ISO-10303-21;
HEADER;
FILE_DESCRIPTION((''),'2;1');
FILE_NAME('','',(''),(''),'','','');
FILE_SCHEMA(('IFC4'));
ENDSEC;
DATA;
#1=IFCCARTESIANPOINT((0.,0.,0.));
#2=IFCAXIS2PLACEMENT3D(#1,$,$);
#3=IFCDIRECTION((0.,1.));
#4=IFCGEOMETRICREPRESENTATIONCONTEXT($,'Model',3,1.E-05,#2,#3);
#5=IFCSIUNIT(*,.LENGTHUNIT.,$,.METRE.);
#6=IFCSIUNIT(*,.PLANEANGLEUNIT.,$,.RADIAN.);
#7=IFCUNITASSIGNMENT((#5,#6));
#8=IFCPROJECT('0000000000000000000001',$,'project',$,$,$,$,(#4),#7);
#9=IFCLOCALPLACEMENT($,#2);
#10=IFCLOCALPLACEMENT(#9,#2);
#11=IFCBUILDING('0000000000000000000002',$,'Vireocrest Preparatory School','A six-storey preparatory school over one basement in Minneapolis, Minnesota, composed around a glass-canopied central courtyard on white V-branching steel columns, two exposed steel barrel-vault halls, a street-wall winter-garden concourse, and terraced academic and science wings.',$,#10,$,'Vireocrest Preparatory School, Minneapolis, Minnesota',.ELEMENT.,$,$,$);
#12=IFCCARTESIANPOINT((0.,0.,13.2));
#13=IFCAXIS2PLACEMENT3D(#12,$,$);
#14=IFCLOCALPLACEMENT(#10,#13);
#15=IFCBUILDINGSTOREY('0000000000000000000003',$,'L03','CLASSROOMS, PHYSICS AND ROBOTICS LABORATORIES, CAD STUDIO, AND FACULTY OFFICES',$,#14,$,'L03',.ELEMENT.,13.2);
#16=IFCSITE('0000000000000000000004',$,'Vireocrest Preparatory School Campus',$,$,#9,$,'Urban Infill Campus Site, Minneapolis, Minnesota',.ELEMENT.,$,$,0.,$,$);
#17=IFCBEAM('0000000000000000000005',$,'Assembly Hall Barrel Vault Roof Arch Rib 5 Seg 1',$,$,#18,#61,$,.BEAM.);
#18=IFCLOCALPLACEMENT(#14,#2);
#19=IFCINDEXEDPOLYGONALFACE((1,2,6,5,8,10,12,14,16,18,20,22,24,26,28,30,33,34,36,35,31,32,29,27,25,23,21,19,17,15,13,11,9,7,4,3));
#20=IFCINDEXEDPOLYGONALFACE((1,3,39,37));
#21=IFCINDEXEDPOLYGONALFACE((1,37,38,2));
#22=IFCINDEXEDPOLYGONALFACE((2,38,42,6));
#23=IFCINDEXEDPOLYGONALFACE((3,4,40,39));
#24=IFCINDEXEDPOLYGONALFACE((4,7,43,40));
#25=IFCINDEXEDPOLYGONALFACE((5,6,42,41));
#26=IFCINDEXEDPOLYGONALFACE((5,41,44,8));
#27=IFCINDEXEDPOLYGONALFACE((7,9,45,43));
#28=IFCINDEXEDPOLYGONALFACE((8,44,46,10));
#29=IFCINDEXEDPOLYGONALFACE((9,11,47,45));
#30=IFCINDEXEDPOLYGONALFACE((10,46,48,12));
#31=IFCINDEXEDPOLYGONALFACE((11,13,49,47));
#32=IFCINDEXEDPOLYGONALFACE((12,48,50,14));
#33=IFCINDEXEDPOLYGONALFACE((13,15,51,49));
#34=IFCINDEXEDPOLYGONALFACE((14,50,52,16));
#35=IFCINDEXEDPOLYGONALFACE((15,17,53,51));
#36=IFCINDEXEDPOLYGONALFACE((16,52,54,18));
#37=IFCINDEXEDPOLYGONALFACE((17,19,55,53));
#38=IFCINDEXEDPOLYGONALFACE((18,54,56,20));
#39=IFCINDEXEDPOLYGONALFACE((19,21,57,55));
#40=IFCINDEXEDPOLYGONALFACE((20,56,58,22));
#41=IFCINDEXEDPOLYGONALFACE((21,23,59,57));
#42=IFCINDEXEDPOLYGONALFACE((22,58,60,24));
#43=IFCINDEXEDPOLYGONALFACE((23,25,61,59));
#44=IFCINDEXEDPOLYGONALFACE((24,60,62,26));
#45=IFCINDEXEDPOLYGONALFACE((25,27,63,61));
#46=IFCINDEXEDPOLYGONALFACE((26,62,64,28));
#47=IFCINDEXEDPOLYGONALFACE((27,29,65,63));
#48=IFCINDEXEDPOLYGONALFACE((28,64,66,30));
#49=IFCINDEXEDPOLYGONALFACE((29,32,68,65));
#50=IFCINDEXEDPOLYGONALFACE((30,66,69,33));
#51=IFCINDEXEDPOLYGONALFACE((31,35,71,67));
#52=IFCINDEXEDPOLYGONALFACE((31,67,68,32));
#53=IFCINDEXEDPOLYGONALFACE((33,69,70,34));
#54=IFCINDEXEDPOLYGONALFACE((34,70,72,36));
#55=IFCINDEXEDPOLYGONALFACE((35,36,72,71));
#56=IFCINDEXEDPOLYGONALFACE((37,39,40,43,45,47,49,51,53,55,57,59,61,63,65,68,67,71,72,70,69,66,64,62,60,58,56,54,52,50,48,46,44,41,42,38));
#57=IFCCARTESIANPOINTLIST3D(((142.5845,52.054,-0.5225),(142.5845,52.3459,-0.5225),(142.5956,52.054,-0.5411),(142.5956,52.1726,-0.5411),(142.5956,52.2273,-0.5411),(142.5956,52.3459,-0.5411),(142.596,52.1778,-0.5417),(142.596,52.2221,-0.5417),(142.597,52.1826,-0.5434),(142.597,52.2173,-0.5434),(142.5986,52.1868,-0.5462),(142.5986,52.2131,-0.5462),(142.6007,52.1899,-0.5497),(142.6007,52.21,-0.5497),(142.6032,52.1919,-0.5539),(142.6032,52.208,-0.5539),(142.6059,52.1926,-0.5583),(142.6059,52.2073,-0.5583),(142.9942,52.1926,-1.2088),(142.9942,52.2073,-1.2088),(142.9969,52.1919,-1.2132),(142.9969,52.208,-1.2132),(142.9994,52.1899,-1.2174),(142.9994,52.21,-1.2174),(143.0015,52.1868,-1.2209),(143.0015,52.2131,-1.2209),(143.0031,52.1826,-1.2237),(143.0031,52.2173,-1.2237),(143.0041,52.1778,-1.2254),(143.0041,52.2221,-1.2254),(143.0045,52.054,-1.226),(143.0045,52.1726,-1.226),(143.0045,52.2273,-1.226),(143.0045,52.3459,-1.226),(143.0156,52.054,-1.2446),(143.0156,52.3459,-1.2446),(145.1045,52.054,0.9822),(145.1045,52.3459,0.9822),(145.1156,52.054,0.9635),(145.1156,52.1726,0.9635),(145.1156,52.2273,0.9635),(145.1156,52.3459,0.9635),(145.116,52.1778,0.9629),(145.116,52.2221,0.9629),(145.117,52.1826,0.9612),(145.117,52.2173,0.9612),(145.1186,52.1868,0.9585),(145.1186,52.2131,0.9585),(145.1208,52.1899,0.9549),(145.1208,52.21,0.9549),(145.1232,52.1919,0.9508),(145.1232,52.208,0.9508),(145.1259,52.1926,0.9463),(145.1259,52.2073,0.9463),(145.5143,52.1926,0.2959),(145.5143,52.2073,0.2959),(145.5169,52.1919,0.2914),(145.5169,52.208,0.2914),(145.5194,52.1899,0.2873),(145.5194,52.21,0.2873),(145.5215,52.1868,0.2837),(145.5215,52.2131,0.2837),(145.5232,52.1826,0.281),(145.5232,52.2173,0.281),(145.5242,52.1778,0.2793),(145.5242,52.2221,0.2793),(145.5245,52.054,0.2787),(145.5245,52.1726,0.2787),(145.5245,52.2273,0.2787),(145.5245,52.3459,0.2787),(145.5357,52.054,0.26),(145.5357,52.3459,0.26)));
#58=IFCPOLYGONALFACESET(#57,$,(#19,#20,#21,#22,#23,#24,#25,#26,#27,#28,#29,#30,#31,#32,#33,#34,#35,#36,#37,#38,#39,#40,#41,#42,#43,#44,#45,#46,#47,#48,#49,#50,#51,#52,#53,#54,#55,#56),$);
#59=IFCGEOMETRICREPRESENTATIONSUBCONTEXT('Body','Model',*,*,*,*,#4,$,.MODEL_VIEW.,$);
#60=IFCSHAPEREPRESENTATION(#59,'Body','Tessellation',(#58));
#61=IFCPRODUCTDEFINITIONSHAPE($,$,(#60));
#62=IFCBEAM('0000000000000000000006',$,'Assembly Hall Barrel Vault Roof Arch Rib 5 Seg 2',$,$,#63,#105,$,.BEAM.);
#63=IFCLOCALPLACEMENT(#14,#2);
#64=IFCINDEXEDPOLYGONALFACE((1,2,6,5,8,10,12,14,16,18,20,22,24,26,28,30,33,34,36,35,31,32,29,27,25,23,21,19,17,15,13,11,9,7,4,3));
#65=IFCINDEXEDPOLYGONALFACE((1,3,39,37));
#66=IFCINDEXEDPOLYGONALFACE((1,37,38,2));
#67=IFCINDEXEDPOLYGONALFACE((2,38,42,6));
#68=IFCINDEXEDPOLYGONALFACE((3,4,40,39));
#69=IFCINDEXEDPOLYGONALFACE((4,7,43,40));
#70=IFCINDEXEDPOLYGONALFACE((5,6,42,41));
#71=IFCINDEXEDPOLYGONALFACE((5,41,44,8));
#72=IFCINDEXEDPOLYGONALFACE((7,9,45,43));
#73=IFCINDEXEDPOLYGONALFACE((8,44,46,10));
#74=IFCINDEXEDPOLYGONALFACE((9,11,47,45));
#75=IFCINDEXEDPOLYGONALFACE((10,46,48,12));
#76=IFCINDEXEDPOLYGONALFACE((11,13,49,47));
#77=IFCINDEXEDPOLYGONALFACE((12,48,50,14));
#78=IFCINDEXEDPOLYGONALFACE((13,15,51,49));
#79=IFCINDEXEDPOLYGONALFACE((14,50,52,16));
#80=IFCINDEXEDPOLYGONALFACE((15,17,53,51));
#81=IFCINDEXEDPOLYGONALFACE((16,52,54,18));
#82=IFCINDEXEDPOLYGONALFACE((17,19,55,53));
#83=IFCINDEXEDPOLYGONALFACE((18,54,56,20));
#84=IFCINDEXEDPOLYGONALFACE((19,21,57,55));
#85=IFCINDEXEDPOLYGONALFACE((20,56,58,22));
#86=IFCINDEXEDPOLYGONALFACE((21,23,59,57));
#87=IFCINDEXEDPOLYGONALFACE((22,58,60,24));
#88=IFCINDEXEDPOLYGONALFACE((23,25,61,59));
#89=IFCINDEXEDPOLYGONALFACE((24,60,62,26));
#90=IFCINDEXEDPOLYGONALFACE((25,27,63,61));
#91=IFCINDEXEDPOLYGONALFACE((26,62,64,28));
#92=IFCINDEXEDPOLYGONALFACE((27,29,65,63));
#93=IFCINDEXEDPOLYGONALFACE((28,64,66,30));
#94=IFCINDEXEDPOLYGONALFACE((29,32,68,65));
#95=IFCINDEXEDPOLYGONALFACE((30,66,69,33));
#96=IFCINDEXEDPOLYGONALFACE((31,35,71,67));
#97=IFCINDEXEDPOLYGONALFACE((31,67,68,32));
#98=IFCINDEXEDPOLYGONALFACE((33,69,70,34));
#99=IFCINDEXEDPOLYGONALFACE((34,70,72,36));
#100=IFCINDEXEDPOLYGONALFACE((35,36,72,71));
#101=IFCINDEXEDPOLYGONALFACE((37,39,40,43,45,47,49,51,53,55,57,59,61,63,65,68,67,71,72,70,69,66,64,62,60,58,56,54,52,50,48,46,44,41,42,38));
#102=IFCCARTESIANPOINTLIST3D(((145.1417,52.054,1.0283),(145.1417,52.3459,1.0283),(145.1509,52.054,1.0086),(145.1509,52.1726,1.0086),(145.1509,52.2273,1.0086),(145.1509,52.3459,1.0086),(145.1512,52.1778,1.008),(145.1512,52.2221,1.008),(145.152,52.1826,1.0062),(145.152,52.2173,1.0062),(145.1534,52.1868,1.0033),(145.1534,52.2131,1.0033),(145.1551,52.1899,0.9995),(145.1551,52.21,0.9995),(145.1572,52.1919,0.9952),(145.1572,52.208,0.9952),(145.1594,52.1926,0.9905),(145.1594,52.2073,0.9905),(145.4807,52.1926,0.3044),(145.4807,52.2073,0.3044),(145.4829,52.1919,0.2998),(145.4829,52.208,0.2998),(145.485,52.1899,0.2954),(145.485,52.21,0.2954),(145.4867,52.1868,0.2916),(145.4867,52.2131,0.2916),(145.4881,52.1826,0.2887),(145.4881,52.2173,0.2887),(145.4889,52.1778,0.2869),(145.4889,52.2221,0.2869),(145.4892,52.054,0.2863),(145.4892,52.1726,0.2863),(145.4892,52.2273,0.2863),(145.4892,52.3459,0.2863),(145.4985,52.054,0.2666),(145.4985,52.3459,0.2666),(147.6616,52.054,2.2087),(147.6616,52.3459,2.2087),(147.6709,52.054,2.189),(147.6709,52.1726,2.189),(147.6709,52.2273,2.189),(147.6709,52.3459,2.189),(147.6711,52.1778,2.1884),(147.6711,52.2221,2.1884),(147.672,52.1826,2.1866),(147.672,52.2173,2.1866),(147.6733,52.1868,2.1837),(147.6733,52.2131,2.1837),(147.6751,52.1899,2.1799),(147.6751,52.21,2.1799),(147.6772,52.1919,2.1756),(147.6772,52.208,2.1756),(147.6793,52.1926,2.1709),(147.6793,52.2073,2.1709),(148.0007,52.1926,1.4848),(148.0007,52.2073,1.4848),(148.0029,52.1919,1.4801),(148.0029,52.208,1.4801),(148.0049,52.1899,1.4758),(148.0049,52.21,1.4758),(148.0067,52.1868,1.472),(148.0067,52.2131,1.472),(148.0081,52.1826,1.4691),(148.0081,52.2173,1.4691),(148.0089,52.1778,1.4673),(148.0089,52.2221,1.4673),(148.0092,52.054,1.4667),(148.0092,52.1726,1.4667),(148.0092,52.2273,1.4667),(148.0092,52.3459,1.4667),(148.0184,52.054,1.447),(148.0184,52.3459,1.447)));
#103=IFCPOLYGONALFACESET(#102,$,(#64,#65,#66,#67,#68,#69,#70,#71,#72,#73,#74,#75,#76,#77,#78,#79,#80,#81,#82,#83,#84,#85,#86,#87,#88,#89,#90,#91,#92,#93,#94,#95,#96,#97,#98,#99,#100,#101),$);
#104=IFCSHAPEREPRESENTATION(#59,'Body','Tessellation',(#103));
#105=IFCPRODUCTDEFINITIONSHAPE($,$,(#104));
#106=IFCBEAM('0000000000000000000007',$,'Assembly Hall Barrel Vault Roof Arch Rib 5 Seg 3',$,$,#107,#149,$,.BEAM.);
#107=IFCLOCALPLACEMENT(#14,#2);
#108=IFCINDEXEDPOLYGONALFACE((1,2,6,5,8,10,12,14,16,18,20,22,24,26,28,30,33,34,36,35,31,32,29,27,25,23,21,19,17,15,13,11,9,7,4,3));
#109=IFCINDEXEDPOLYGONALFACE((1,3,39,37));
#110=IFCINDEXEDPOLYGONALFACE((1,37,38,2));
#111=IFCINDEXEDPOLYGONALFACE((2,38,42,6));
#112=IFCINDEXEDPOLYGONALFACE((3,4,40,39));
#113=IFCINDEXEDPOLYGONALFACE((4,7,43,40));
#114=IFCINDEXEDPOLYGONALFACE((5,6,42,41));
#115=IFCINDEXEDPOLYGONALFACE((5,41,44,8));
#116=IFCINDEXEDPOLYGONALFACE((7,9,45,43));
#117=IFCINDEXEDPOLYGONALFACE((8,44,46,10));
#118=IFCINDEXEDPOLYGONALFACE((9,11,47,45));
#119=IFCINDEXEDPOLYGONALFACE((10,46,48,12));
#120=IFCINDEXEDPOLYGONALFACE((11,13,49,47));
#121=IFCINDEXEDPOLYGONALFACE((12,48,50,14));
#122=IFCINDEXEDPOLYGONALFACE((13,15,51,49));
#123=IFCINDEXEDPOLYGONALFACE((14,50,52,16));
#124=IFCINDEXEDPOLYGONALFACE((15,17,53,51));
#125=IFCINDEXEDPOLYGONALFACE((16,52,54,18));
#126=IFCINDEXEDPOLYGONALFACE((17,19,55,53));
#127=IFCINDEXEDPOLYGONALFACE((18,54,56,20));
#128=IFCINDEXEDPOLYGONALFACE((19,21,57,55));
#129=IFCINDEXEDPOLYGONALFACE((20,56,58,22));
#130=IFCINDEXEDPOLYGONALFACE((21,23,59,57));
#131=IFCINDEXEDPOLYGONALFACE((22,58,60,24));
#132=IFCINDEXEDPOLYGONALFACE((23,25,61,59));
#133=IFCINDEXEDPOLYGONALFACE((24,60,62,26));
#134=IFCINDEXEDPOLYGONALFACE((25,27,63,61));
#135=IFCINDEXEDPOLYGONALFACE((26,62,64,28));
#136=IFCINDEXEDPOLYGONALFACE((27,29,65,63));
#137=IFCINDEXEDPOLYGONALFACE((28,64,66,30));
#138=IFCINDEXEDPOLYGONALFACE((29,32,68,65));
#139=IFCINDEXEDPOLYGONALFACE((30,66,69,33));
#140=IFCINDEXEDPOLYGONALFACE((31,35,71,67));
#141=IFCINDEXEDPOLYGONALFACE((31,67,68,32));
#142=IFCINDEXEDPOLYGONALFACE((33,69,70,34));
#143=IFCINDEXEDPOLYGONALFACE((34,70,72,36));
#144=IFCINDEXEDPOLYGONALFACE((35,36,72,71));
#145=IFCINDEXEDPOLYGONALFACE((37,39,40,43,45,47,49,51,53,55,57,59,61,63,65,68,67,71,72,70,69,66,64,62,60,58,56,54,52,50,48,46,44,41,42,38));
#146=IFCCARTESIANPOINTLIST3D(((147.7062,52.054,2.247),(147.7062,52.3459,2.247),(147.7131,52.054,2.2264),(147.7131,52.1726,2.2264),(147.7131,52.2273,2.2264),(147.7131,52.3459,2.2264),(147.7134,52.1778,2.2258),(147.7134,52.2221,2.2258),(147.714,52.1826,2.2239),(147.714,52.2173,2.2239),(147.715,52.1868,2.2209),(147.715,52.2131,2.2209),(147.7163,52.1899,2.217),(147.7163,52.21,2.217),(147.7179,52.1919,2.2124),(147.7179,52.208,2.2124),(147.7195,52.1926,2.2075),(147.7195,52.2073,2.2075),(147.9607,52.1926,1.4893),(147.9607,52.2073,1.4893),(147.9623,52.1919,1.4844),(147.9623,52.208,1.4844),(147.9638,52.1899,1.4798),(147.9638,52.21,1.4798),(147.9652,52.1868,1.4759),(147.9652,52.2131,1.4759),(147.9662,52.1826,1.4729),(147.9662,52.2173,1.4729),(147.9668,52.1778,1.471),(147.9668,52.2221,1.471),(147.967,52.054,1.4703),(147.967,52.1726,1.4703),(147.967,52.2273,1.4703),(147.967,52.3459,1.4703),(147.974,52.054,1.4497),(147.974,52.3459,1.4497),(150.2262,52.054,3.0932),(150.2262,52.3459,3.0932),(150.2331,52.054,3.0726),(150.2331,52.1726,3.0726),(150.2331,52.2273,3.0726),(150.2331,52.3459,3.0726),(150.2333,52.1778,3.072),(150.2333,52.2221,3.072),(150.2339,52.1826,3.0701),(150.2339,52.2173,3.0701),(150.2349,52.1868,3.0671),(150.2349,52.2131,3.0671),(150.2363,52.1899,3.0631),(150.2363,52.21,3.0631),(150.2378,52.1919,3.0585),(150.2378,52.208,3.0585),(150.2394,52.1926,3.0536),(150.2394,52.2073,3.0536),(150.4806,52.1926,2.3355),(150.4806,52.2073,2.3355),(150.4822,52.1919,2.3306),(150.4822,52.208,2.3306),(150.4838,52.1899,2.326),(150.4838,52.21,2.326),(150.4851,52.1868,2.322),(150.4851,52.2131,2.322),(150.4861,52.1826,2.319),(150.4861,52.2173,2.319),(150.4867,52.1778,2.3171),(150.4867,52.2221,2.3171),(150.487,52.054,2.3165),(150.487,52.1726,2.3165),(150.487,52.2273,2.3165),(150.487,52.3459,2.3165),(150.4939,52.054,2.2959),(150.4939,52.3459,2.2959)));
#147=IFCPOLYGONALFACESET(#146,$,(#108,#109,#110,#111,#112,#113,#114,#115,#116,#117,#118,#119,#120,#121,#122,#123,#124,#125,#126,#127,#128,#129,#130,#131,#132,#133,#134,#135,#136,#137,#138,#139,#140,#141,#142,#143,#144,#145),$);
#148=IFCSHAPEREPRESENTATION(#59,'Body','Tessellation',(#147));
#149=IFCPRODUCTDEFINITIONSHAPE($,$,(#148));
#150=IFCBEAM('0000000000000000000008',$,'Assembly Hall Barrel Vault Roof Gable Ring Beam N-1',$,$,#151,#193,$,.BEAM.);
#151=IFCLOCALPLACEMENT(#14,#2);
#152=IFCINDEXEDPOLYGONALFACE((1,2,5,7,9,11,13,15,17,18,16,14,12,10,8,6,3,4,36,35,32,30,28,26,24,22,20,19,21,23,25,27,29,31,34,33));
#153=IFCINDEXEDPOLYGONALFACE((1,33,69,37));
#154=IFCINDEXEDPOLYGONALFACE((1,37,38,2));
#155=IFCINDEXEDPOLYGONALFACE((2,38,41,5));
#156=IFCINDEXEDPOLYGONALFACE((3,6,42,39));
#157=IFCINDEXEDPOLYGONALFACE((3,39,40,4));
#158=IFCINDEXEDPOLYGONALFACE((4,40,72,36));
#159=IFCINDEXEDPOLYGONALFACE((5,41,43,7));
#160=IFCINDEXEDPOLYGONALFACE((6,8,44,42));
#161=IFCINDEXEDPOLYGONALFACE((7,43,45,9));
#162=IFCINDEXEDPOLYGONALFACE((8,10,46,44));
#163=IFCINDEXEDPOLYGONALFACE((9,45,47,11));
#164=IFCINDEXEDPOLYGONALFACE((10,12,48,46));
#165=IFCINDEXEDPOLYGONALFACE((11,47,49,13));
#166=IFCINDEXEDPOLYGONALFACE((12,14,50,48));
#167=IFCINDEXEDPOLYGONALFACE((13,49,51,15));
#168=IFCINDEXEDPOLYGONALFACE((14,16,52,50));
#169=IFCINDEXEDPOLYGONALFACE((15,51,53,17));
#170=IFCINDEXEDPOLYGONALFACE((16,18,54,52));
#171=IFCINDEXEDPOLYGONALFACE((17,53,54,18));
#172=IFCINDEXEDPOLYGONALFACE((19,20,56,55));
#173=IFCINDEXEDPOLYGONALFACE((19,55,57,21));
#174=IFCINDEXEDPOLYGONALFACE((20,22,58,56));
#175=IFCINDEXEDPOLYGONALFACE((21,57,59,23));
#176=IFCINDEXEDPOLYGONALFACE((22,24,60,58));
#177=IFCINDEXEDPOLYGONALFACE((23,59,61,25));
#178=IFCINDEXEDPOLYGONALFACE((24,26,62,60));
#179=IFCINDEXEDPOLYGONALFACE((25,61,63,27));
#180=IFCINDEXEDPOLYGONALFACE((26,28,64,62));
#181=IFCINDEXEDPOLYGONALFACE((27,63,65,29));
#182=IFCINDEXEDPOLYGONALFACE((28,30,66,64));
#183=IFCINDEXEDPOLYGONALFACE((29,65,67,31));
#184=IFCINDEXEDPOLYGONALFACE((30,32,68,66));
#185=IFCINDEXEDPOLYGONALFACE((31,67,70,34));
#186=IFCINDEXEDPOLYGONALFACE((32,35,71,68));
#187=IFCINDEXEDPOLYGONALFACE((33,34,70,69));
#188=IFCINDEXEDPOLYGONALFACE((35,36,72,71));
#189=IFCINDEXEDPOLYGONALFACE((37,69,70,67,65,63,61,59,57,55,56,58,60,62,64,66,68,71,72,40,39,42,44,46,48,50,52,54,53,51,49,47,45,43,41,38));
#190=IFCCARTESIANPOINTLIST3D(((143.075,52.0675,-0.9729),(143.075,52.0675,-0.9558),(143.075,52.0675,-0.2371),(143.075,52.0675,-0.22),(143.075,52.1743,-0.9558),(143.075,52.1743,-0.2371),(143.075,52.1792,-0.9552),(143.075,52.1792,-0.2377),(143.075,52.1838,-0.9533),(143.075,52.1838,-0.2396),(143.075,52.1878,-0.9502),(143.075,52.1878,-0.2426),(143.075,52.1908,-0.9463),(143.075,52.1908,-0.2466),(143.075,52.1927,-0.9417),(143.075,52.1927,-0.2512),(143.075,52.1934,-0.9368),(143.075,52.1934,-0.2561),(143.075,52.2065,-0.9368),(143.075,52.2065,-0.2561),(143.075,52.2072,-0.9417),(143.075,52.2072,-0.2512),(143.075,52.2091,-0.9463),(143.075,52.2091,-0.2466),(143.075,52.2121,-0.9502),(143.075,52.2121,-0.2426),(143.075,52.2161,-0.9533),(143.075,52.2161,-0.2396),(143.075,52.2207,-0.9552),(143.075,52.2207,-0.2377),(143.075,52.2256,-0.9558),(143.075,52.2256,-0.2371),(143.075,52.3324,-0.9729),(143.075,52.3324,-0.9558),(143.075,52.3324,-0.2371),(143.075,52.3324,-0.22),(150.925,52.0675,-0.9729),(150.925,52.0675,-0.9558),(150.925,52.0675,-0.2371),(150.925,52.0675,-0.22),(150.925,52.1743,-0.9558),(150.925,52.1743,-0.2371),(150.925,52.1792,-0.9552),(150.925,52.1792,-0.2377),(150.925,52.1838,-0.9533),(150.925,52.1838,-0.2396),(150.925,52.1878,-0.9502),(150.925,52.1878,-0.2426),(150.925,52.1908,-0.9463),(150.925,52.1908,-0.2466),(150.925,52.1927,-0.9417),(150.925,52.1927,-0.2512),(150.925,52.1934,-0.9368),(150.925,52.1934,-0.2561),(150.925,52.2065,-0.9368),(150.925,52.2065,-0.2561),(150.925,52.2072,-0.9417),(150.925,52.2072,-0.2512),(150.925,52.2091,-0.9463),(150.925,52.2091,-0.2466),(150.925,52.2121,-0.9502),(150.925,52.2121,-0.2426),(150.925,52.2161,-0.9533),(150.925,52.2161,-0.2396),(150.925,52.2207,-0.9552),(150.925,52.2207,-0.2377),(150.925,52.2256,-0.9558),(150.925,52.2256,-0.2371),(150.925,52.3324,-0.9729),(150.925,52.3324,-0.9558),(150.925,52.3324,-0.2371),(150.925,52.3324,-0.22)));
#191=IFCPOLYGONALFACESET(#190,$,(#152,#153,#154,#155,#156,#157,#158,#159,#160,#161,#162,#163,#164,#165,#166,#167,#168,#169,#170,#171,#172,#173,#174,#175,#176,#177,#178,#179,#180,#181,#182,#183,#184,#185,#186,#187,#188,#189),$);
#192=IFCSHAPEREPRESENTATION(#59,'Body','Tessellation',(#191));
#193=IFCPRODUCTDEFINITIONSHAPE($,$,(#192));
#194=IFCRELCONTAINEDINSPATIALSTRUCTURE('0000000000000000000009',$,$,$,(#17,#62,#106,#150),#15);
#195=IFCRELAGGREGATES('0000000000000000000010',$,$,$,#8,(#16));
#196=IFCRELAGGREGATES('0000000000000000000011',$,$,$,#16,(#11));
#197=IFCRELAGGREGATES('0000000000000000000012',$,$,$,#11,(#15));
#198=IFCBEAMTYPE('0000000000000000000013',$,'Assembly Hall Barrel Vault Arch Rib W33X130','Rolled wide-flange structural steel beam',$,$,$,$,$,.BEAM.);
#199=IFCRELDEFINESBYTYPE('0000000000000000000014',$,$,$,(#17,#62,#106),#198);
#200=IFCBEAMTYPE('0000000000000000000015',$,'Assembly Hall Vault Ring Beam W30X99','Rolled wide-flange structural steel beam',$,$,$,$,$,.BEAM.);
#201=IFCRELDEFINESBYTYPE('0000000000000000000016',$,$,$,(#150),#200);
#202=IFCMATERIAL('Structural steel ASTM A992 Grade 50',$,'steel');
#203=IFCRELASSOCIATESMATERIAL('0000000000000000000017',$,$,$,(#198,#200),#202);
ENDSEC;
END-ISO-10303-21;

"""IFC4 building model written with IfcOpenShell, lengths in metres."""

from ifc_helpers import new_model, si_unit, direction, frame, origin, origin_2d, place, context, subcontext, project, spatial, i_section, extrude, material, material_profile, profile_set, type_object, element, save


model = new_model("IFC4")

# Units and contexts
model_context = context("Model", 3, precision=1e-05, world=origin(), true_north=direction((0.0, 1.0)))
body_context = subcontext(model_context, "Body", "Model", "MODEL_VIEW")
ifc_project = project(units=[si_unit("LENGTHUNIT", "METRE"), si_unit("PLANEANGLEUNIT", "RADIAN")], contexts=[model_context])

# Site, building, storey
site_placement = place(None, origin())
site = spatial("IfcSite", under=ifc_project, at=site_placement, Name="Vireocrest Preparatory School Campus", LongName="Urban Infill Campus Site, Minneapolis, Minnesota", CompositionType="ELEMENT", RefElevation=0.0)
building_placement = place(site_placement, origin())
building = spatial("IfcBuilding", under=site, at=building_placement, Name="Vireocrest Preparatory School", Description="A six-storey preparatory school over one basement in Minneapolis, Minnesota, composed around a glass-canopied central courtyard on white V-branching steel columns, two exposed steel barrel-vault halls, a street-wall winter-garden concourse, and terraced academic and science wings.", LongName="Vireocrest Preparatory School, Minneapolis, Minnesota", CompositionType="ELEMENT")
storey_placement = place(building_placement, frame((0.0, 0.0, 13.2)))
storey = spatial("IfcBuildingStorey", under=building, at=storey_placement, Name="L03", Description="CLASSROOMS, PHYSICS AND ROBOTICS LABORATORIES, CAD STUDIO, AND FACULTY OFFICES", LongName="L03", CompositionType="ELEMENT", Elevation=13.2)

# Beams
ifc_material_1 = material(Name="Structural steel ASTM A992 Grade 50", Category="steel")
ifc_material_profile_1 = material_profile(ifc_material_1, i_section(OverallWidth=0.292, OverallDepth=0.8411, WebThickness=0.0146, FlangeThickness=0.0217, FilletRadius=0.02, at=origin_2d()), Name="W33X130")
ifc_profile_set_1 = profile_set([ifc_material_profile_1], Name="Structural steel ASTM A992 Grade 50")
beam_type_1 = type_object("IfcBeamType", Name="Assembly Hall Barrel Vault Arch Rib W33X130", Description="Rolled wide-flange structural steel beam", PredefinedType="BEAM", material=ifc_profile_set_1)
beam_1_placement = place(storey_placement, frame((142.8, 52.2, -0.8835), z_axis=(0.858599, 0.0, 0.512647), x_axis=(0.0, 1.0, 0.0)))
element("IfcBeam", 1, at=beam_1_placement, inside=storey, type_object=beam_type_1, Name="Assembly Hall Barrel Vault Roof Arch Rib 5 Seg 1", PredefinedType="BEAM", context=body_context, shape_type="SweptSolid", body=[
    extrude(i_section(OverallWidth=0.292, OverallDepth=0.8411, WebThickness=0.0146, FlangeThickness=0.0217, FilletRadius=0.02, at=origin_2d()), origin(), (0.0, 0.0, 1.0), 2.9351),
])
beam_2_placement = place(storey_placement, frame((145.3201, 52.2, 0.6475), z_axis=(0.905575, 0.0, 0.424187), x_axis=(0.0, 1.0, 0.0)))
element("IfcBeam", 2, at=beam_2_placement, inside=storey, type_object=beam_type_1, Name="Assembly Hall Barrel Vault Roof Arch Rib 5 Seg 2", PredefinedType="BEAM", context=body_context, shape_type="SweptSolid", body=[
    extrude(i_section(OverallWidth=0.292, OverallDepth=0.8411, WebThickness=0.0146, FlangeThickness=0.0217, FilletRadius=0.02, at=origin_2d()), origin(), (0.0, 0.0, 1.0), 2.7827),
])
beam_3_placement = place(storey_placement, frame((147.8401, 52.2, 1.8484), z_axis=(0.947983, 0.0, 0.318321), x_axis=(0.0, 1.0, 0.0)))
element("IfcBeam", 3, at=beam_3_placement, inside=storey, type_object=beam_type_1, Name="Assembly Hall Barrel Vault Roof Arch Rib 5 Seg 3", PredefinedType="BEAM", context=body_context, shape_type="SweptSolid", body=[
    extrude(i_section(OverallWidth=0.292, OverallDepth=0.8411, WebThickness=0.0146, FlangeThickness=0.0217, FilletRadius=0.02, at=origin_2d()), origin(), (0.0, 0.0, 1.0), 2.6582),
])
ifc_material_profile_2 = material_profile(ifc_material_1, i_section(OverallWidth=0.2649, OverallDepth=0.7529, WebThickness=0.0132, FlangeThickness=0.0171, FilletRadius=0.019, at=origin_2d()), Name="W30X99")
ifc_profile_set_2 = profile_set([ifc_material_profile_2], Name="Structural steel ASTM A992 Grade 50")
beam_type_2 = type_object("IfcBeamType", Name="Assembly Hall Vault Ring Beam W30X99", Description="Rolled wide-flange structural steel beam", PredefinedType="BEAM", material=ifc_profile_set_2)
beam_4_placement = place(storey_placement, frame((143.075, 52.2, -0.5964), z_axis=(1.0, 0.0, 0.0), x_axis=(0.0, 1.0, 0.0)))
element("IfcBeam", 4, at=beam_4_placement, inside=storey, type_object=beam_type_2, Name="Assembly Hall Barrel Vault Roof Gable Ring Beam N-1", PredefinedType="BEAM", context=body_context, shape_type="SweptSolid", body=[
    extrude(i_section(OverallWidth=0.2649, OverallDepth=0.7529, WebThickness=0.0132, FlangeThickness=0.0171, FilletRadius=0.019, at=origin_2d()), origin(), (0.0, 0.0, 1.0), 7.8501),
])

save(model, "model.ifc")
